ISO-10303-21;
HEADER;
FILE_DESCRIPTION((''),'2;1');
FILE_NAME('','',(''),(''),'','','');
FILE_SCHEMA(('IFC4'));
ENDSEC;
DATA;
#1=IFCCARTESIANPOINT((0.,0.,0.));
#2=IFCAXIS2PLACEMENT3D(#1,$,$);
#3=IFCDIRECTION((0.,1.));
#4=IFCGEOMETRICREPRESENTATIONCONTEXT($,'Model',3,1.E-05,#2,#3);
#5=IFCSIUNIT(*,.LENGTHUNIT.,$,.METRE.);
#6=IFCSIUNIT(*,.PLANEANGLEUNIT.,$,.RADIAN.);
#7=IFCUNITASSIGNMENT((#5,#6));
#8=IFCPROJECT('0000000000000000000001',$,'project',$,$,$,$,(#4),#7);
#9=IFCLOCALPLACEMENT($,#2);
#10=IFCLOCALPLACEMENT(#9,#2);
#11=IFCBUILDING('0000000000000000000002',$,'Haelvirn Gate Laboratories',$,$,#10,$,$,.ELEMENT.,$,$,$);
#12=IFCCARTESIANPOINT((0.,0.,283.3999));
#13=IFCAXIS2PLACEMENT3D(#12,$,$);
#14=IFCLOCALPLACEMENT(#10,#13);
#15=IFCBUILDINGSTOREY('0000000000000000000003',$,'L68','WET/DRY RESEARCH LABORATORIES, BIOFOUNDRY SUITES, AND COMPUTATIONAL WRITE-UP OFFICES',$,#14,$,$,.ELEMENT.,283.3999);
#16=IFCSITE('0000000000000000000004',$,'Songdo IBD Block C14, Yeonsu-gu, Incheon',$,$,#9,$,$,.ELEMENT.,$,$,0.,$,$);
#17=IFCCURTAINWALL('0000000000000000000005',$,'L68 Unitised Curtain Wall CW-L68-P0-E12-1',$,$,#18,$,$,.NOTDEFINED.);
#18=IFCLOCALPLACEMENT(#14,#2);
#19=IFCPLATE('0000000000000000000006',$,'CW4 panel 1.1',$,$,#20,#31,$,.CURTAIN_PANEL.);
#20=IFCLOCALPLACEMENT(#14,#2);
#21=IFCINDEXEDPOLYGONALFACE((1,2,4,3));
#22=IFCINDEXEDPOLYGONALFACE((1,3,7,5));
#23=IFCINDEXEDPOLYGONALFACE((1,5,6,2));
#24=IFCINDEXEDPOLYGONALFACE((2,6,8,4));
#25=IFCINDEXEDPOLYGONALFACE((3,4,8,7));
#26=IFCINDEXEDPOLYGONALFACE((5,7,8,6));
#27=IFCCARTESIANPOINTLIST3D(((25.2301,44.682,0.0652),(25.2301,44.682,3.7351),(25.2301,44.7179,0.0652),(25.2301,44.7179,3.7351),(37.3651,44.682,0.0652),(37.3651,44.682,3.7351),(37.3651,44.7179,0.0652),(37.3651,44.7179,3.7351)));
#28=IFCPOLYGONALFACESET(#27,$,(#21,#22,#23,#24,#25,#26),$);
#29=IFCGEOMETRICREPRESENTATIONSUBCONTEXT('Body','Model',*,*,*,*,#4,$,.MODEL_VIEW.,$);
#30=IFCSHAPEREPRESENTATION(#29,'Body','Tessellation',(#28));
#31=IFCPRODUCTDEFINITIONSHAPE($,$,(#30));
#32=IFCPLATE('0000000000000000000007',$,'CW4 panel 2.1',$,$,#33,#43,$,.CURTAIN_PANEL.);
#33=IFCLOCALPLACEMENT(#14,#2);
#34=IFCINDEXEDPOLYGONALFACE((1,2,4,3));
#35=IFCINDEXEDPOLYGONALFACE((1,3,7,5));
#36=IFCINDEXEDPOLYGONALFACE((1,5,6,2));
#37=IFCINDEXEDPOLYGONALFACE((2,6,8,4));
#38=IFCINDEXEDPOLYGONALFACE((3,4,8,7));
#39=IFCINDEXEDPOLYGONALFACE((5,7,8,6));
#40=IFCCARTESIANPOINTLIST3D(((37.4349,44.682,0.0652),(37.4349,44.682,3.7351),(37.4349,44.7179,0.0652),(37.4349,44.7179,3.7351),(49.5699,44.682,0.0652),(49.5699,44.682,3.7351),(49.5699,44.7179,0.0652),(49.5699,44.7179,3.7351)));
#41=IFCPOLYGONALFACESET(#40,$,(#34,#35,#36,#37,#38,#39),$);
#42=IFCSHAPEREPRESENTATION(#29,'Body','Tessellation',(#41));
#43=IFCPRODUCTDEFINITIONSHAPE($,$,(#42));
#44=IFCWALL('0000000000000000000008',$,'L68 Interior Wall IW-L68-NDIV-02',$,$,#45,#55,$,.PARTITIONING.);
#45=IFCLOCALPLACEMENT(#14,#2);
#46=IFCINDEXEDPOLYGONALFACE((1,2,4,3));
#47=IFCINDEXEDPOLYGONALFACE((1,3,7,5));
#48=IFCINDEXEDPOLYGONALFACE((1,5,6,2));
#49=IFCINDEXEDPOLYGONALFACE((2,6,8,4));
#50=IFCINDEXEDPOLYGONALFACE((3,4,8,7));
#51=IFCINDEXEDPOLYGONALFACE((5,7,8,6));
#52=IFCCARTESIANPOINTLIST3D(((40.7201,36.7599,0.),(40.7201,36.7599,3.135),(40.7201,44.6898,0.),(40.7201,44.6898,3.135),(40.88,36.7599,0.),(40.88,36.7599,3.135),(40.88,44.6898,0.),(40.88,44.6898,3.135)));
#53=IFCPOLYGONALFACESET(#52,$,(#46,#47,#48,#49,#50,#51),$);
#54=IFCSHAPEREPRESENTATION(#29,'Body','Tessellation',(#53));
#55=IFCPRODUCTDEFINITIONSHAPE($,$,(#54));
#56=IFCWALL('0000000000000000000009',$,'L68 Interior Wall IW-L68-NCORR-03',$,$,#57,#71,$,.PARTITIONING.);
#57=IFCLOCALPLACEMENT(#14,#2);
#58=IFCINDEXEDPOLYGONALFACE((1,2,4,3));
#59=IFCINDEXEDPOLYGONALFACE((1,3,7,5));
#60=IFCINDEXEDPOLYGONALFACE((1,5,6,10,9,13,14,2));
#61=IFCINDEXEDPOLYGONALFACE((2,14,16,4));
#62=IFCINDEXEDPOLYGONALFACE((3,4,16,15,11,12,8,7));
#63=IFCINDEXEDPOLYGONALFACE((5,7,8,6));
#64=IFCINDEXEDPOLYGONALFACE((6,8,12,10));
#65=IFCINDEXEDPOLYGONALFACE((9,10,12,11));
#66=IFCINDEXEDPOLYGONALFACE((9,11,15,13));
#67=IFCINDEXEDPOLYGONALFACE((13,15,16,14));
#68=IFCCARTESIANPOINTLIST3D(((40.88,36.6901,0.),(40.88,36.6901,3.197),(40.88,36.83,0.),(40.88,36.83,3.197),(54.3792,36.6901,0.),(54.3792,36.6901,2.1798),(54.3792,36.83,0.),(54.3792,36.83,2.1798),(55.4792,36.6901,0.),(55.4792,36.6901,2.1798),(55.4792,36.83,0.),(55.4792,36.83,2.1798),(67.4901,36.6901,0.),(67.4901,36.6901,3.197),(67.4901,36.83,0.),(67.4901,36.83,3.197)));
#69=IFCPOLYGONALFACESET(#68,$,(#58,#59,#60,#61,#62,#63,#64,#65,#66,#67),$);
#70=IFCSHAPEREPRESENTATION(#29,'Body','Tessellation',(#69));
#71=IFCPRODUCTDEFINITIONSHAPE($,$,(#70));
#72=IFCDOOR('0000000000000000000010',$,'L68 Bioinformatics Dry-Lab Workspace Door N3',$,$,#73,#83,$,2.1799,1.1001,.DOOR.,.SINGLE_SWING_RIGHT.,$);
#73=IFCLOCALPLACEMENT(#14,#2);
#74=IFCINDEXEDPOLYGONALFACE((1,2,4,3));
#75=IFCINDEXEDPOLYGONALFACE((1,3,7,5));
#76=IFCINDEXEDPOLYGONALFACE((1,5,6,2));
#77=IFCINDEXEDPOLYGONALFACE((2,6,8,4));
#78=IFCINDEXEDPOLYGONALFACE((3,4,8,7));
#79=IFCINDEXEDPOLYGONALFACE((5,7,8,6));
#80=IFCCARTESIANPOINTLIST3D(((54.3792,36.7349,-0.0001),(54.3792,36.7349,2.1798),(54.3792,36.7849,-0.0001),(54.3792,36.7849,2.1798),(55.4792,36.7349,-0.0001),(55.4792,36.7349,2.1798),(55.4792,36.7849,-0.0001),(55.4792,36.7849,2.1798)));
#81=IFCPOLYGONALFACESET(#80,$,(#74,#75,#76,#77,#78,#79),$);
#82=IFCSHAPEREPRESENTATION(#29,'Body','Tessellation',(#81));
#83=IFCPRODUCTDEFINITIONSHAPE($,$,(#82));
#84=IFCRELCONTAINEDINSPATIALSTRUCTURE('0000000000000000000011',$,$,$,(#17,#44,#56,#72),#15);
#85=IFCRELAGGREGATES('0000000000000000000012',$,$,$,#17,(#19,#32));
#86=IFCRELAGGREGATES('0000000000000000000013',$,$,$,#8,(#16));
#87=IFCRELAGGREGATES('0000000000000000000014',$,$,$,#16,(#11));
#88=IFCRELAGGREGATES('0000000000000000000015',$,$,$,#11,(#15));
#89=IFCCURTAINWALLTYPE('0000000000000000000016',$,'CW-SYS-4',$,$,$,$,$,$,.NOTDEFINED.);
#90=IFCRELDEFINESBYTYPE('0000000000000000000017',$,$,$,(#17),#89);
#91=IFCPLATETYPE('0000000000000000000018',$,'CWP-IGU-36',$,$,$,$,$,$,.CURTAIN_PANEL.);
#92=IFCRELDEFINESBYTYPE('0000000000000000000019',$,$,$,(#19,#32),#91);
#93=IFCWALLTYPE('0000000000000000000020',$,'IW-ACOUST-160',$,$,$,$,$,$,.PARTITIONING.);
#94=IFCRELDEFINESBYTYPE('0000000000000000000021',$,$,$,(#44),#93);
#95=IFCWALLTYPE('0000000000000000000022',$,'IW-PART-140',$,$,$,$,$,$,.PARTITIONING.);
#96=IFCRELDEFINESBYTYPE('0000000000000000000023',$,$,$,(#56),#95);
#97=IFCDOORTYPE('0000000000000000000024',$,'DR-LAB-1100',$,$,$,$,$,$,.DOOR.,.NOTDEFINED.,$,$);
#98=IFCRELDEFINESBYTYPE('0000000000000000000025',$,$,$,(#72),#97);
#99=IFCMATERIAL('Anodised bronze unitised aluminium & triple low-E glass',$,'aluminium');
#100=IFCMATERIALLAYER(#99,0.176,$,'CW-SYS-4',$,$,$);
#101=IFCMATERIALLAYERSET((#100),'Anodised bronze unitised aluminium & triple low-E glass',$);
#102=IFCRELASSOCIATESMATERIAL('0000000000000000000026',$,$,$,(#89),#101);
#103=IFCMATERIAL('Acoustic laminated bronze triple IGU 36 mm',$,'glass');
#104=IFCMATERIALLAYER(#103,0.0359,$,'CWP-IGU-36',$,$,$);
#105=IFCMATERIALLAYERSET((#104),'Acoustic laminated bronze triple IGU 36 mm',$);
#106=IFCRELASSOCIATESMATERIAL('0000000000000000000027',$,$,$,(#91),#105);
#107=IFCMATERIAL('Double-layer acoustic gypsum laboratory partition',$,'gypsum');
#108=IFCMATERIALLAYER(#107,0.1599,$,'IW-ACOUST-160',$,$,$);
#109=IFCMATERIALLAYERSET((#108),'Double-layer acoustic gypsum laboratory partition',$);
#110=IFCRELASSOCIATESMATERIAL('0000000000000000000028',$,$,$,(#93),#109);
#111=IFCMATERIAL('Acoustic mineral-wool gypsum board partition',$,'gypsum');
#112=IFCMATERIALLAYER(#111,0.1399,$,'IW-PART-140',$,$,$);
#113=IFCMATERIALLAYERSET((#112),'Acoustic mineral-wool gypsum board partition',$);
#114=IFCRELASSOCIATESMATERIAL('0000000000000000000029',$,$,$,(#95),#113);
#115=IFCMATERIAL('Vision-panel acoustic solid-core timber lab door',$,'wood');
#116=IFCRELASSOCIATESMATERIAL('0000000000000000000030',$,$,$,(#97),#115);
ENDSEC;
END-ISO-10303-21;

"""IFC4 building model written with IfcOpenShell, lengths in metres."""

from ifc_helpers import new_model, si_unit, direction, frame, frame_2d, origin, origin_2d, place, context, subcontext, project, spatial, rectangle, extrude, source, transform, mapped, material, layer, layer_set, type_object, type_shapes, element, fill, aggregate, save


model = new_model("IFC4")

# Units and contexts
model_context = context("Model", 3, precision=1e-05, world=origin(), true_north=direction((0.0, 1.0)))
body_context = subcontext(model_context, "Body", "Model", "MODEL_VIEW")
ifc_project = project(units=[si_unit("LENGTHUNIT", "METRE"), si_unit("PLANEANGLEUNIT", "RADIAN")], contexts=[model_context])

# Site, building, storey
site_placement = place(None, origin())
site = spatial("IfcSite", under=ifc_project, at=site_placement, Name="Songdo IBD Block C14, Yeonsu-gu, Incheon", CompositionType="ELEMENT", RefElevation=0.0)
building_placement = place(site_placement, origin())
building = spatial("IfcBuilding", under=site, at=building_placement, Name="Haelvirn Gate Laboratories", CompositionType="ELEMENT")
storey_placement = place(building_placement, frame((0.0, 0.0, 283.3999)))
storey = spatial("IfcBuildingStorey", under=building, at=storey_placement, Name="L68", Description="WET/DRY RESEARCH LABORATORIES, BIOFOUNDRY SUITES, AND COMPUTATIONAL WRITE-UP OFFICES", CompositionType="ELEMENT", Elevation=283.3999)

# Curtain wall, plates
ifc_material_1 = material(Name="Anodised bronze unitised aluminium & triple low-E glass", Category="aluminium")
ifc_layer_1 = layer(ifc_material_1, 0.176, Name="CW-SYS-4")
ifc_layer_set_1 = layer_set([ifc_layer_1], Name="Anodised bronze unitised aluminium & triple low-E glass")
curtain_wall_type = type_object("IfcCurtainWallType", Name="CW-SYS-4", PredefinedType="NOTDEFINED", material=ifc_layer_set_1)
curtain_wall_placement = place(storey_placement, origin())
curtain_wall = element("IfcCurtainWall", 1, at=curtain_wall_placement, inside=storey, type_object=curtain_wall_type, Name="L68 Unitised Curtain Wall CW-L68-P0-E12-1", PredefinedType="NOTDEFINED")
ifc_material_2 = material(Name="Acoustic laminated bronze triple IGU 36 mm", Category="glass")
ifc_layer_2 = layer(ifc_material_2, 0.0359, Name="CWP-IGU-36")
ifc_layer_set_2 = layer_set([ifc_layer_2], Name="Acoustic laminated bronze triple IGU 36 mm")
plate_type = type_object("IfcPlateType", Name="CWP-IGU-36", PredefinedType="CURTAIN_PANEL", material=ifc_layer_set_2)
shared_shape_1 = source(origin(), body_context, "Body", "SweptSolid", [
    extrude(rectangle(XDim=12.135, YDim=0.0359, at=origin_2d()), origin(), (0.0, 0.0, 1.0), 3.6699),
])
type_shapes(plate_type, [shared_shape_1])
plate_1_placement = place(storey_placement, frame((31.2976, 44.7, 0.0652), z_axis=(0.0, 0.0, 1.0), x_axis=(1.0, 0.0, 0.0)))
plate_1 = element("IfcPlate", 2, at=plate_1_placement, type_object=plate_type, Name="CW4 panel 1.1", PredefinedType="CURTAIN_PANEL", context=body_context, shape_type="MappedRepresentation", body=[
    mapped(shared_shape_1, transform((0.0, 0.0, 0.0), scale=1.0)),
])
plate_2_placement = place(storey_placement, frame((43.5024, 44.7, 0.0652), z_axis=(0.0, 0.0, 1.0), x_axis=(1.0, 0.0, 0.0)))
plate_2 = element("IfcPlate", 3, at=plate_2_placement, type_object=plate_type, Name="CW4 panel 2.1", PredefinedType="CURTAIN_PANEL", context=body_context, shape_type="MappedRepresentation", body=[
    mapped(shared_shape_1, transform((0.0, 0.0, 0.0), scale=1.0)),
])
aggregate(curtain_wall, [plate_1, plate_2])

# Wall
ifc_material_3 = material(Name="Double-layer acoustic gypsum laboratory partition", Category="gypsum")
ifc_layer_3 = layer(ifc_material_3, 0.1599, Name="IW-ACOUST-160")
ifc_layer_set_3 = layer_set([ifc_layer_3], Name="Double-layer acoustic gypsum laboratory partition")
wall_type_1 = type_object("IfcWallType", Name="IW-ACOUST-160", PredefinedType="PARTITIONING", material=ifc_layer_set_3)
wall_1_placement = place(storey_placement, frame((40.8, 36.76, 0.0), z_axis=(0.0, 0.0, 1.0), x_axis=(0.0, 1.0, 0.0)))
element("IfcWall", 4, at=wall_1_placement, inside=storey, type_object=wall_type_1, Name="L68 Interior Wall IW-L68-NDIV-02", PredefinedType="PARTITIONING", context=body_context, shape_type="SweptSolid", body=[
    extrude(rectangle(XDim=7.9299, YDim=0.1599, at=frame_2d((3.9648, 0.0))), origin(), (0.0, 0.0, 1.0), 3.135),
])

# Wall, opening, door
ifc_material_4 = material(Name="Acoustic mineral-wool gypsum board partition", Category="gypsum")
ifc_layer_4 = layer(ifc_material_4, 0.1399, Name="IW-PART-140")
ifc_layer_set_4 = layer_set([ifc_layer_4], Name="Acoustic mineral-wool gypsum board partition")
wall_type_2 = type_object("IfcWallType", Name="IW-PART-140", PredefinedType="PARTITIONING", material=ifc_layer_set_4)
wall_2_placement = place(storey_placement, frame((40.8799, 36.76, 0.0), z_axis=(0.0, 0.0, 1.0), x_axis=(1.0, 0.0, 0.0)))
wall_2 = element("IfcWall", 5, at=wall_2_placement, inside=storey, type_object=wall_type_2, Name="L68 Interior Wall IW-L68-NCORR-03", PredefinedType="PARTITIONING", context=body_context, shape_type="SweptSolid", body=[
    extrude(rectangle(XDim=26.6101, YDim=0.1399, at=frame_2d((13.3052, 0.0))), origin(), (0.0, 0.0, 1.0), 3.197),
])
opening_placement = place(wall_2_placement, frame((13.4993, 0.0, 0.0)))
opening = element("IfcOpeningElement", 6, at=opening_placement, cuts=wall_2, PredefinedType="OPENING", context=body_context, shape_type="SweptSolid", body=[
    extrude(rectangle(XDim=1.1001, YDim=2.1799, at=frame_2d((0.55, 1.0898))), frame((0.0, 0.0801, 0.0), z_axis=(0.0, -1.0, 0.0), x_axis=(1.0, 0.0, 0.0)), (0.0, 0.0, 1.0), 0.1599),
])
ifc_material_5 = material(Name="Vision-panel acoustic solid-core timber lab door", Category="wood")
door_type = type_object("IfcDoorType", Name="DR-LAB-1100", OperationType="NOTDEFINED", PredefinedType="DOOR", material=ifc_material_5)
shared_shape_2 = source(origin(), body_context, "Body", "SweptSolid", [
    extrude(rectangle(XDim=1.1001, YDim=2.1799, at=frame_2d((0.55, 1.0898))), frame((0.0, 0.0249, 0.0), z_axis=(0.0, -1.0, 0.0), x_axis=(1.0, 0.0, 0.0)), (0.0, 0.0, 1.0), 0.05),
])
type_shapes(door_type, [shared_shape_2])
door_placement = place(opening_placement, origin())
door = element("IfcDoor", 7, at=door_placement, inside=storey, type_object=door_type, Name="L68 Bioinformatics Dry-Lab Workspace Door N3", OperationType="SINGLE_SWING_RIGHT", OverallHeight=2.1799, OverallWidth=1.1001, PredefinedType="DOOR", context=body_context, shape_type="MappedRepresentation", body=[
    mapped(shared_shape_2, transform((0.0, 0.0, 0.0), scale=1.0)),
])
fill(opening, door)

save(model, "model.ifc")
